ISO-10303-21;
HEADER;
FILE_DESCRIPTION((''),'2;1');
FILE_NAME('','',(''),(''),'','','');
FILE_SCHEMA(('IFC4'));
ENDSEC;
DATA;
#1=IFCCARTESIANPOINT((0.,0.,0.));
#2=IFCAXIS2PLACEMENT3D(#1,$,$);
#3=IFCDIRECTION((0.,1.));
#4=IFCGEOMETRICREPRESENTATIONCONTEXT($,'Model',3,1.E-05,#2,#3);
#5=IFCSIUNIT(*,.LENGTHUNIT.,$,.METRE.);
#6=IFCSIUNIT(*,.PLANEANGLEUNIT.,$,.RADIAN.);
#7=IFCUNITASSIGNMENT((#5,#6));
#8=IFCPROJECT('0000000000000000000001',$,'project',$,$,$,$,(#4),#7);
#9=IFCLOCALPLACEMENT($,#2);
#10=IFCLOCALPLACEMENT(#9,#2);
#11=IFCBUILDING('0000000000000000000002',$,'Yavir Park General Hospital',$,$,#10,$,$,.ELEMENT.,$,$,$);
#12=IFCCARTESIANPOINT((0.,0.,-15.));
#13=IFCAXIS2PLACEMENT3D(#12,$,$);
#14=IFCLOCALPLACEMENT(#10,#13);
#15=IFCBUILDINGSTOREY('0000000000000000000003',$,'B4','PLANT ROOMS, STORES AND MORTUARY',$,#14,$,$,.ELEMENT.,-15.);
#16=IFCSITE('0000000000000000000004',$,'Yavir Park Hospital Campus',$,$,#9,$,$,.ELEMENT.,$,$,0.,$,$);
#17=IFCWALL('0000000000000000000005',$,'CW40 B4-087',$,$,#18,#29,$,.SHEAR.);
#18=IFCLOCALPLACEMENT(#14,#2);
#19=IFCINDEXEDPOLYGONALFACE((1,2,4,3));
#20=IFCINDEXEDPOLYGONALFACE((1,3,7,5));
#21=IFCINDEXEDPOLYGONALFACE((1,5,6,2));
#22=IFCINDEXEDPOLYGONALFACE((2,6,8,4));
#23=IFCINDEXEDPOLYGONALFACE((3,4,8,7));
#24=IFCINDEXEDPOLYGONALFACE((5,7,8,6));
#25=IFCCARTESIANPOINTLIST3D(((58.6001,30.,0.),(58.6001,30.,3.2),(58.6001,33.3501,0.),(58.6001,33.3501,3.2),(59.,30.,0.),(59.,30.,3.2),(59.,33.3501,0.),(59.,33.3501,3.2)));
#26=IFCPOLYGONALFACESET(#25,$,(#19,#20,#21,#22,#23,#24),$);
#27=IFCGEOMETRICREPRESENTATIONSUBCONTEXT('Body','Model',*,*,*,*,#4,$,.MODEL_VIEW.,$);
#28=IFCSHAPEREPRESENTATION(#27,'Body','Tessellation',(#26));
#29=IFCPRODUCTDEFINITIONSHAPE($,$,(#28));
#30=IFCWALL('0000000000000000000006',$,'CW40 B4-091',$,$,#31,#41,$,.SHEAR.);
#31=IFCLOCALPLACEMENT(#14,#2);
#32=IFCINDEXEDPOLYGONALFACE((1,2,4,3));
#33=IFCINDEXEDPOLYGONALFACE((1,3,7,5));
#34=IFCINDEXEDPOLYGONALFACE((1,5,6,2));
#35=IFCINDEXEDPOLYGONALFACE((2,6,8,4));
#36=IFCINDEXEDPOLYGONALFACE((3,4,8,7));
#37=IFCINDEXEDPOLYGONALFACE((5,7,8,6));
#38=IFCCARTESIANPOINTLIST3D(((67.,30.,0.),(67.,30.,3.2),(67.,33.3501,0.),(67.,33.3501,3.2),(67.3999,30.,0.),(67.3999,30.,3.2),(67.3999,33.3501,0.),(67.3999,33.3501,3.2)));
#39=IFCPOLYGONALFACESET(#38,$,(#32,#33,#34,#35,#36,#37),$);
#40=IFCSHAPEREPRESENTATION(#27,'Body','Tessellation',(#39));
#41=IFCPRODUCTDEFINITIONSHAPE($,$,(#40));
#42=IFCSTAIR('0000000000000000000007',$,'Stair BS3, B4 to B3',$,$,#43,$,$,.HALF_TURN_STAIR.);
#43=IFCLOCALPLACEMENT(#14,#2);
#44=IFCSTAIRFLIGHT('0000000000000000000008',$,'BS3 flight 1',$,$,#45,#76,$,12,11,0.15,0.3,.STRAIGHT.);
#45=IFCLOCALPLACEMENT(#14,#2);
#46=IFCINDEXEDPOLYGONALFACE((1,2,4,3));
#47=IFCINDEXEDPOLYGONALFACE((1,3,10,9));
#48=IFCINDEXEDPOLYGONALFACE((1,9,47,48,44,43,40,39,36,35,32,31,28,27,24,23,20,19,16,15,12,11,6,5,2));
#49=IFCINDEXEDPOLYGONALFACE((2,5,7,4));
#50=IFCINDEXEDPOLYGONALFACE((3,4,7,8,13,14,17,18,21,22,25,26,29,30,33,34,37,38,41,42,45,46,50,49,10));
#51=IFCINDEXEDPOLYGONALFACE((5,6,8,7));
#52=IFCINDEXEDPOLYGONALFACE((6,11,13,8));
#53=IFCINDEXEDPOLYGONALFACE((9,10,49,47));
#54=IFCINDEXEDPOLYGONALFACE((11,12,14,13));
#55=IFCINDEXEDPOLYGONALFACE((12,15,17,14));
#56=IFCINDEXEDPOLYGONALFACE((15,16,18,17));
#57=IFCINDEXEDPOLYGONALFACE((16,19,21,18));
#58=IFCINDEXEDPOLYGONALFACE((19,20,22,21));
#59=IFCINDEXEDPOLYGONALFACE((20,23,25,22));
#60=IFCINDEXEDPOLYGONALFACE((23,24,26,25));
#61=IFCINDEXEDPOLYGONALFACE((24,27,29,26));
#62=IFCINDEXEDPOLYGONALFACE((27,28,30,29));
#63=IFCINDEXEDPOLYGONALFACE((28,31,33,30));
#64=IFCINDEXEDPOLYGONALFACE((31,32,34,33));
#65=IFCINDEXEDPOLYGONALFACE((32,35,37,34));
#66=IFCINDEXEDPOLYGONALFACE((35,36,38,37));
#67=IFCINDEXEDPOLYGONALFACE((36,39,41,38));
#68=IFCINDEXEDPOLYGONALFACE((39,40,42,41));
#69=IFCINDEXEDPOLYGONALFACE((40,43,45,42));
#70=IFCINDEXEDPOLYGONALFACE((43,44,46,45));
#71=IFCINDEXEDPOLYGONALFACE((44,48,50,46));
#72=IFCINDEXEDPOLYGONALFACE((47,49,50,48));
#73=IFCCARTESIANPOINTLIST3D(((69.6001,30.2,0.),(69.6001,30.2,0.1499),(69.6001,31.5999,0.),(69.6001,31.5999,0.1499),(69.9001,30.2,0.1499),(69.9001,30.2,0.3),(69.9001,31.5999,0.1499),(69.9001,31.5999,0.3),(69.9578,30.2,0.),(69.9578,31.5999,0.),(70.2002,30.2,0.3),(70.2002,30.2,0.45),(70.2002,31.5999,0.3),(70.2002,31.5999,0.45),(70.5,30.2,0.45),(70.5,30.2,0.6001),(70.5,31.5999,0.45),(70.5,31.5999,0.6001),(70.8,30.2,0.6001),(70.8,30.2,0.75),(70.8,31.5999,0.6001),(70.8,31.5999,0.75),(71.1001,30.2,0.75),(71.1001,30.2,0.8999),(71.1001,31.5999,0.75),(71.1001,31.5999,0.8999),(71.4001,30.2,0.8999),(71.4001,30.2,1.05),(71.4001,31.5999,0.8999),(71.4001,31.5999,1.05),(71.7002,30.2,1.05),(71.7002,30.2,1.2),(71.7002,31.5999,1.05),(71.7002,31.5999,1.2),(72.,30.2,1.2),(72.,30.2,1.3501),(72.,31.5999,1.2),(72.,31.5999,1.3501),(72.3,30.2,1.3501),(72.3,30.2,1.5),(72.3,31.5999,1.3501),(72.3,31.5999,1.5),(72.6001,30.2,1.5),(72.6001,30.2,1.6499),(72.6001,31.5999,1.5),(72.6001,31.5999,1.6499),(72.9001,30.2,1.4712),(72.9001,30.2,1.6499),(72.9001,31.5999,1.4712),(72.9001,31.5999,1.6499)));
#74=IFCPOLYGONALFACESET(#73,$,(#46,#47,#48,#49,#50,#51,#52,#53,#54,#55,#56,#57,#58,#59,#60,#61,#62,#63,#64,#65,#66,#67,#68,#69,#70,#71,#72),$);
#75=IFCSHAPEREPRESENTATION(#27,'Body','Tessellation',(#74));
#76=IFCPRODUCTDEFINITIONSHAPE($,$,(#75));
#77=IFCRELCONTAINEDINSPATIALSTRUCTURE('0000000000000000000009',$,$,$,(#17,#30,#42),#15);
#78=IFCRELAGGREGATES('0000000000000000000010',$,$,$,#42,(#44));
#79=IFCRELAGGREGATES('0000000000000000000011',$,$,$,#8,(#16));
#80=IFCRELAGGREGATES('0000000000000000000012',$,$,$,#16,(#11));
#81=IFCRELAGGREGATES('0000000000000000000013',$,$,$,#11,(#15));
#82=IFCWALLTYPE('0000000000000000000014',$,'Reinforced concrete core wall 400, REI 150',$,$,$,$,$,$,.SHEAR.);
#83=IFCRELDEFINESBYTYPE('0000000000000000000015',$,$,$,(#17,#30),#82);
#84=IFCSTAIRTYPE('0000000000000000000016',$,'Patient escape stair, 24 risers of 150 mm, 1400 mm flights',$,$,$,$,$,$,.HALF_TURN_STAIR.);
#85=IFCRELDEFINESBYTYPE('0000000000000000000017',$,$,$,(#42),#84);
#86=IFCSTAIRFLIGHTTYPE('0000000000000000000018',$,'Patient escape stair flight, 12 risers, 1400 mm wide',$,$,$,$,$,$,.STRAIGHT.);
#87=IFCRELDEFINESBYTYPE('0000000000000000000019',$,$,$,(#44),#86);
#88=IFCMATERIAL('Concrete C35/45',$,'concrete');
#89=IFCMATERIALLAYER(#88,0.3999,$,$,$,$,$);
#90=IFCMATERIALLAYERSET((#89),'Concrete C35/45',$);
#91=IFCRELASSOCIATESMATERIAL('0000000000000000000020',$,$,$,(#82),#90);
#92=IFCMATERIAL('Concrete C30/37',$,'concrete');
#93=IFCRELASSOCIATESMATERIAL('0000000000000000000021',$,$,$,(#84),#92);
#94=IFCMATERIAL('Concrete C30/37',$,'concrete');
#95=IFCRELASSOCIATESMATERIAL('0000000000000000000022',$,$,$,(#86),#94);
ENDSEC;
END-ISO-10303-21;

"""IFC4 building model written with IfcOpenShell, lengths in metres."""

from ifc_helpers import new_model, si_unit, direction, frame, frame_2d, origin, place, context, subcontext, project, spatial, polyline, rectangle, outline, extrude, material, layer, layer_set, type_object, element, aggregate, save


model = new_model("IFC4")

# Units and contexts
model_context = context("Model", 3, precision=1e-05, world=origin(), true_north=direction((0.0, 1.0)))
body_context = subcontext(model_context, "Body", "Model", "MODEL_VIEW")
ifc_project = project(units=[si_unit("LENGTHUNIT", "METRE"), si_unit("PLANEANGLEUNIT", "RADIAN")], contexts=[model_context])

# Site, building, storey
site_placement = place(None, origin())
site = spatial("IfcSite", under=ifc_project, at=site_placement, Name="Yavir Park Hospital Campus", CompositionType="ELEMENT", RefElevation=0.0)
building_placement = place(site_placement, origin())
building = spatial("IfcBuilding", under=site, at=building_placement, Name="Yavir Park General Hospital", CompositionType="ELEMENT")
storey_placement = place(building_placement, frame((0.0, 0.0, -15.0)))
storey = spatial("IfcBuildingStorey", under=building, at=storey_placement, Name="B4", Description="PLANT ROOMS, STORES AND MORTUARY", CompositionType="ELEMENT", Elevation=-15.0)

# Shared definitions
ifc_material_1 = material(Name="Concrete C35/45", Category="concrete")
ifc_layer_1 = layer(ifc_material_1, 0.3999)
ifc_layer_set_1 = layer_set([ifc_layer_1], Name="Concrete C35/45")
wall_type_1 = type_object("IfcWallType", Name="Reinforced concrete core wall 400, REI 150", PredefinedType="SHEAR", material=ifc_layer_set_1)

# Walls
for number, where, z_axis, x_axis, name in (
    (1, (58.8, 30.0, 0.0), (0.0, 0.0, 1.0), (0.0, 1.0, 0.0), "CW40 B4-087"),
    (2, (67.2, 30.0, 0.0), (0.0, 0.0, 1.0), (0.0, 1.0, 0.0), "CW40 B4-091"),
):
    element("IfcWall", number, at=place(storey_placement, frame(where, z_axis=z_axis, x_axis=x_axis)), inside=storey, type_object=wall_type_1, Name=name, PredefinedType="SHEAR", context=body_context, shape_type="SweptSolid", body=[
        extrude(rectangle(XDim=3.3501, YDim=0.3999, at=frame_2d((1.675, 0.0))), origin(), (0.0, 0.0, 1.0), 3.2),
    ])

# Stair, stair flight
ifc_material_2 = material(Name="Concrete C30/37", Category="concrete")
stair_type = type_object("IfcStairType", Name="Patient escape stair, 24 risers of 150 mm, 1400 mm flights", PredefinedType="HALF_TURN_STAIR", material=ifc_material_2)
stair_placement = place(storey_placement, origin())
stair = element("IfcStair", 3, at=stair_placement, inside=storey, type_object=stair_type, Name="Stair BS3, B4 to B3", PredefinedType="HALF_TURN_STAIR")
ifc_material_3 = material(Name="Concrete C30/37", Category="concrete")
stair_flight_type = type_object("IfcStairFlightType", Name="Patient escape stair flight, 12 risers, 1400 mm wide", PredefinedType="STRAIGHT", material=ifc_material_3)
stair_flight_placement = place(storey_placement, frame((69.6001, 30.8999, 0.0), z_axis=(0.0, 0.0, 1.0), x_axis=(1.0, 0.0, 0.0)))
stair_flight = element("IfcStairFlight", 4, at=stair_flight_placement, type_object=stair_flight_type, Name="BS3 flight 1", NumberOfRisers=12, NumberOfTreads=11, PredefinedType="STRAIGHT", RiserHeight=0.15, TreadLength=0.3, context=body_context, shape_type="SweptSolid", body=[
    extrude(outline(polyline([(0.0, 0.0), (0.0, 0.1499), (0.3, 0.1499), (0.3, 0.3), (0.6001, 0.3), (0.6001, 0.45), (0.8999, 0.45), (0.8999, 0.6001), (1.2, 0.6001), (1.2, 0.75), (1.5, 0.75), (1.5, 0.8999), (1.8, 0.8999), (1.8, 1.05), (2.1001, 1.05), (2.1001, 1.2), (2.3999, 1.2), (2.3999, 1.3501), (2.7, 1.3501), (2.7, 1.5), (3.0, 1.5), (3.0, 1.6499), (3.3, 1.6499), (3.3, 1.8), (3.3, 1.4712), (0.3577, 0.0), (0.0, 0.0)])), frame((0.0, 0.7, 0.0), z_axis=(0.0, -1.0, 0.0), x_axis=(1.0, 0.0, 0.0)), (0.0, 0.0, 1.0), 1.3999),
])
aggregate(stair, [stair_flight])

save(model, "model.ifc")
